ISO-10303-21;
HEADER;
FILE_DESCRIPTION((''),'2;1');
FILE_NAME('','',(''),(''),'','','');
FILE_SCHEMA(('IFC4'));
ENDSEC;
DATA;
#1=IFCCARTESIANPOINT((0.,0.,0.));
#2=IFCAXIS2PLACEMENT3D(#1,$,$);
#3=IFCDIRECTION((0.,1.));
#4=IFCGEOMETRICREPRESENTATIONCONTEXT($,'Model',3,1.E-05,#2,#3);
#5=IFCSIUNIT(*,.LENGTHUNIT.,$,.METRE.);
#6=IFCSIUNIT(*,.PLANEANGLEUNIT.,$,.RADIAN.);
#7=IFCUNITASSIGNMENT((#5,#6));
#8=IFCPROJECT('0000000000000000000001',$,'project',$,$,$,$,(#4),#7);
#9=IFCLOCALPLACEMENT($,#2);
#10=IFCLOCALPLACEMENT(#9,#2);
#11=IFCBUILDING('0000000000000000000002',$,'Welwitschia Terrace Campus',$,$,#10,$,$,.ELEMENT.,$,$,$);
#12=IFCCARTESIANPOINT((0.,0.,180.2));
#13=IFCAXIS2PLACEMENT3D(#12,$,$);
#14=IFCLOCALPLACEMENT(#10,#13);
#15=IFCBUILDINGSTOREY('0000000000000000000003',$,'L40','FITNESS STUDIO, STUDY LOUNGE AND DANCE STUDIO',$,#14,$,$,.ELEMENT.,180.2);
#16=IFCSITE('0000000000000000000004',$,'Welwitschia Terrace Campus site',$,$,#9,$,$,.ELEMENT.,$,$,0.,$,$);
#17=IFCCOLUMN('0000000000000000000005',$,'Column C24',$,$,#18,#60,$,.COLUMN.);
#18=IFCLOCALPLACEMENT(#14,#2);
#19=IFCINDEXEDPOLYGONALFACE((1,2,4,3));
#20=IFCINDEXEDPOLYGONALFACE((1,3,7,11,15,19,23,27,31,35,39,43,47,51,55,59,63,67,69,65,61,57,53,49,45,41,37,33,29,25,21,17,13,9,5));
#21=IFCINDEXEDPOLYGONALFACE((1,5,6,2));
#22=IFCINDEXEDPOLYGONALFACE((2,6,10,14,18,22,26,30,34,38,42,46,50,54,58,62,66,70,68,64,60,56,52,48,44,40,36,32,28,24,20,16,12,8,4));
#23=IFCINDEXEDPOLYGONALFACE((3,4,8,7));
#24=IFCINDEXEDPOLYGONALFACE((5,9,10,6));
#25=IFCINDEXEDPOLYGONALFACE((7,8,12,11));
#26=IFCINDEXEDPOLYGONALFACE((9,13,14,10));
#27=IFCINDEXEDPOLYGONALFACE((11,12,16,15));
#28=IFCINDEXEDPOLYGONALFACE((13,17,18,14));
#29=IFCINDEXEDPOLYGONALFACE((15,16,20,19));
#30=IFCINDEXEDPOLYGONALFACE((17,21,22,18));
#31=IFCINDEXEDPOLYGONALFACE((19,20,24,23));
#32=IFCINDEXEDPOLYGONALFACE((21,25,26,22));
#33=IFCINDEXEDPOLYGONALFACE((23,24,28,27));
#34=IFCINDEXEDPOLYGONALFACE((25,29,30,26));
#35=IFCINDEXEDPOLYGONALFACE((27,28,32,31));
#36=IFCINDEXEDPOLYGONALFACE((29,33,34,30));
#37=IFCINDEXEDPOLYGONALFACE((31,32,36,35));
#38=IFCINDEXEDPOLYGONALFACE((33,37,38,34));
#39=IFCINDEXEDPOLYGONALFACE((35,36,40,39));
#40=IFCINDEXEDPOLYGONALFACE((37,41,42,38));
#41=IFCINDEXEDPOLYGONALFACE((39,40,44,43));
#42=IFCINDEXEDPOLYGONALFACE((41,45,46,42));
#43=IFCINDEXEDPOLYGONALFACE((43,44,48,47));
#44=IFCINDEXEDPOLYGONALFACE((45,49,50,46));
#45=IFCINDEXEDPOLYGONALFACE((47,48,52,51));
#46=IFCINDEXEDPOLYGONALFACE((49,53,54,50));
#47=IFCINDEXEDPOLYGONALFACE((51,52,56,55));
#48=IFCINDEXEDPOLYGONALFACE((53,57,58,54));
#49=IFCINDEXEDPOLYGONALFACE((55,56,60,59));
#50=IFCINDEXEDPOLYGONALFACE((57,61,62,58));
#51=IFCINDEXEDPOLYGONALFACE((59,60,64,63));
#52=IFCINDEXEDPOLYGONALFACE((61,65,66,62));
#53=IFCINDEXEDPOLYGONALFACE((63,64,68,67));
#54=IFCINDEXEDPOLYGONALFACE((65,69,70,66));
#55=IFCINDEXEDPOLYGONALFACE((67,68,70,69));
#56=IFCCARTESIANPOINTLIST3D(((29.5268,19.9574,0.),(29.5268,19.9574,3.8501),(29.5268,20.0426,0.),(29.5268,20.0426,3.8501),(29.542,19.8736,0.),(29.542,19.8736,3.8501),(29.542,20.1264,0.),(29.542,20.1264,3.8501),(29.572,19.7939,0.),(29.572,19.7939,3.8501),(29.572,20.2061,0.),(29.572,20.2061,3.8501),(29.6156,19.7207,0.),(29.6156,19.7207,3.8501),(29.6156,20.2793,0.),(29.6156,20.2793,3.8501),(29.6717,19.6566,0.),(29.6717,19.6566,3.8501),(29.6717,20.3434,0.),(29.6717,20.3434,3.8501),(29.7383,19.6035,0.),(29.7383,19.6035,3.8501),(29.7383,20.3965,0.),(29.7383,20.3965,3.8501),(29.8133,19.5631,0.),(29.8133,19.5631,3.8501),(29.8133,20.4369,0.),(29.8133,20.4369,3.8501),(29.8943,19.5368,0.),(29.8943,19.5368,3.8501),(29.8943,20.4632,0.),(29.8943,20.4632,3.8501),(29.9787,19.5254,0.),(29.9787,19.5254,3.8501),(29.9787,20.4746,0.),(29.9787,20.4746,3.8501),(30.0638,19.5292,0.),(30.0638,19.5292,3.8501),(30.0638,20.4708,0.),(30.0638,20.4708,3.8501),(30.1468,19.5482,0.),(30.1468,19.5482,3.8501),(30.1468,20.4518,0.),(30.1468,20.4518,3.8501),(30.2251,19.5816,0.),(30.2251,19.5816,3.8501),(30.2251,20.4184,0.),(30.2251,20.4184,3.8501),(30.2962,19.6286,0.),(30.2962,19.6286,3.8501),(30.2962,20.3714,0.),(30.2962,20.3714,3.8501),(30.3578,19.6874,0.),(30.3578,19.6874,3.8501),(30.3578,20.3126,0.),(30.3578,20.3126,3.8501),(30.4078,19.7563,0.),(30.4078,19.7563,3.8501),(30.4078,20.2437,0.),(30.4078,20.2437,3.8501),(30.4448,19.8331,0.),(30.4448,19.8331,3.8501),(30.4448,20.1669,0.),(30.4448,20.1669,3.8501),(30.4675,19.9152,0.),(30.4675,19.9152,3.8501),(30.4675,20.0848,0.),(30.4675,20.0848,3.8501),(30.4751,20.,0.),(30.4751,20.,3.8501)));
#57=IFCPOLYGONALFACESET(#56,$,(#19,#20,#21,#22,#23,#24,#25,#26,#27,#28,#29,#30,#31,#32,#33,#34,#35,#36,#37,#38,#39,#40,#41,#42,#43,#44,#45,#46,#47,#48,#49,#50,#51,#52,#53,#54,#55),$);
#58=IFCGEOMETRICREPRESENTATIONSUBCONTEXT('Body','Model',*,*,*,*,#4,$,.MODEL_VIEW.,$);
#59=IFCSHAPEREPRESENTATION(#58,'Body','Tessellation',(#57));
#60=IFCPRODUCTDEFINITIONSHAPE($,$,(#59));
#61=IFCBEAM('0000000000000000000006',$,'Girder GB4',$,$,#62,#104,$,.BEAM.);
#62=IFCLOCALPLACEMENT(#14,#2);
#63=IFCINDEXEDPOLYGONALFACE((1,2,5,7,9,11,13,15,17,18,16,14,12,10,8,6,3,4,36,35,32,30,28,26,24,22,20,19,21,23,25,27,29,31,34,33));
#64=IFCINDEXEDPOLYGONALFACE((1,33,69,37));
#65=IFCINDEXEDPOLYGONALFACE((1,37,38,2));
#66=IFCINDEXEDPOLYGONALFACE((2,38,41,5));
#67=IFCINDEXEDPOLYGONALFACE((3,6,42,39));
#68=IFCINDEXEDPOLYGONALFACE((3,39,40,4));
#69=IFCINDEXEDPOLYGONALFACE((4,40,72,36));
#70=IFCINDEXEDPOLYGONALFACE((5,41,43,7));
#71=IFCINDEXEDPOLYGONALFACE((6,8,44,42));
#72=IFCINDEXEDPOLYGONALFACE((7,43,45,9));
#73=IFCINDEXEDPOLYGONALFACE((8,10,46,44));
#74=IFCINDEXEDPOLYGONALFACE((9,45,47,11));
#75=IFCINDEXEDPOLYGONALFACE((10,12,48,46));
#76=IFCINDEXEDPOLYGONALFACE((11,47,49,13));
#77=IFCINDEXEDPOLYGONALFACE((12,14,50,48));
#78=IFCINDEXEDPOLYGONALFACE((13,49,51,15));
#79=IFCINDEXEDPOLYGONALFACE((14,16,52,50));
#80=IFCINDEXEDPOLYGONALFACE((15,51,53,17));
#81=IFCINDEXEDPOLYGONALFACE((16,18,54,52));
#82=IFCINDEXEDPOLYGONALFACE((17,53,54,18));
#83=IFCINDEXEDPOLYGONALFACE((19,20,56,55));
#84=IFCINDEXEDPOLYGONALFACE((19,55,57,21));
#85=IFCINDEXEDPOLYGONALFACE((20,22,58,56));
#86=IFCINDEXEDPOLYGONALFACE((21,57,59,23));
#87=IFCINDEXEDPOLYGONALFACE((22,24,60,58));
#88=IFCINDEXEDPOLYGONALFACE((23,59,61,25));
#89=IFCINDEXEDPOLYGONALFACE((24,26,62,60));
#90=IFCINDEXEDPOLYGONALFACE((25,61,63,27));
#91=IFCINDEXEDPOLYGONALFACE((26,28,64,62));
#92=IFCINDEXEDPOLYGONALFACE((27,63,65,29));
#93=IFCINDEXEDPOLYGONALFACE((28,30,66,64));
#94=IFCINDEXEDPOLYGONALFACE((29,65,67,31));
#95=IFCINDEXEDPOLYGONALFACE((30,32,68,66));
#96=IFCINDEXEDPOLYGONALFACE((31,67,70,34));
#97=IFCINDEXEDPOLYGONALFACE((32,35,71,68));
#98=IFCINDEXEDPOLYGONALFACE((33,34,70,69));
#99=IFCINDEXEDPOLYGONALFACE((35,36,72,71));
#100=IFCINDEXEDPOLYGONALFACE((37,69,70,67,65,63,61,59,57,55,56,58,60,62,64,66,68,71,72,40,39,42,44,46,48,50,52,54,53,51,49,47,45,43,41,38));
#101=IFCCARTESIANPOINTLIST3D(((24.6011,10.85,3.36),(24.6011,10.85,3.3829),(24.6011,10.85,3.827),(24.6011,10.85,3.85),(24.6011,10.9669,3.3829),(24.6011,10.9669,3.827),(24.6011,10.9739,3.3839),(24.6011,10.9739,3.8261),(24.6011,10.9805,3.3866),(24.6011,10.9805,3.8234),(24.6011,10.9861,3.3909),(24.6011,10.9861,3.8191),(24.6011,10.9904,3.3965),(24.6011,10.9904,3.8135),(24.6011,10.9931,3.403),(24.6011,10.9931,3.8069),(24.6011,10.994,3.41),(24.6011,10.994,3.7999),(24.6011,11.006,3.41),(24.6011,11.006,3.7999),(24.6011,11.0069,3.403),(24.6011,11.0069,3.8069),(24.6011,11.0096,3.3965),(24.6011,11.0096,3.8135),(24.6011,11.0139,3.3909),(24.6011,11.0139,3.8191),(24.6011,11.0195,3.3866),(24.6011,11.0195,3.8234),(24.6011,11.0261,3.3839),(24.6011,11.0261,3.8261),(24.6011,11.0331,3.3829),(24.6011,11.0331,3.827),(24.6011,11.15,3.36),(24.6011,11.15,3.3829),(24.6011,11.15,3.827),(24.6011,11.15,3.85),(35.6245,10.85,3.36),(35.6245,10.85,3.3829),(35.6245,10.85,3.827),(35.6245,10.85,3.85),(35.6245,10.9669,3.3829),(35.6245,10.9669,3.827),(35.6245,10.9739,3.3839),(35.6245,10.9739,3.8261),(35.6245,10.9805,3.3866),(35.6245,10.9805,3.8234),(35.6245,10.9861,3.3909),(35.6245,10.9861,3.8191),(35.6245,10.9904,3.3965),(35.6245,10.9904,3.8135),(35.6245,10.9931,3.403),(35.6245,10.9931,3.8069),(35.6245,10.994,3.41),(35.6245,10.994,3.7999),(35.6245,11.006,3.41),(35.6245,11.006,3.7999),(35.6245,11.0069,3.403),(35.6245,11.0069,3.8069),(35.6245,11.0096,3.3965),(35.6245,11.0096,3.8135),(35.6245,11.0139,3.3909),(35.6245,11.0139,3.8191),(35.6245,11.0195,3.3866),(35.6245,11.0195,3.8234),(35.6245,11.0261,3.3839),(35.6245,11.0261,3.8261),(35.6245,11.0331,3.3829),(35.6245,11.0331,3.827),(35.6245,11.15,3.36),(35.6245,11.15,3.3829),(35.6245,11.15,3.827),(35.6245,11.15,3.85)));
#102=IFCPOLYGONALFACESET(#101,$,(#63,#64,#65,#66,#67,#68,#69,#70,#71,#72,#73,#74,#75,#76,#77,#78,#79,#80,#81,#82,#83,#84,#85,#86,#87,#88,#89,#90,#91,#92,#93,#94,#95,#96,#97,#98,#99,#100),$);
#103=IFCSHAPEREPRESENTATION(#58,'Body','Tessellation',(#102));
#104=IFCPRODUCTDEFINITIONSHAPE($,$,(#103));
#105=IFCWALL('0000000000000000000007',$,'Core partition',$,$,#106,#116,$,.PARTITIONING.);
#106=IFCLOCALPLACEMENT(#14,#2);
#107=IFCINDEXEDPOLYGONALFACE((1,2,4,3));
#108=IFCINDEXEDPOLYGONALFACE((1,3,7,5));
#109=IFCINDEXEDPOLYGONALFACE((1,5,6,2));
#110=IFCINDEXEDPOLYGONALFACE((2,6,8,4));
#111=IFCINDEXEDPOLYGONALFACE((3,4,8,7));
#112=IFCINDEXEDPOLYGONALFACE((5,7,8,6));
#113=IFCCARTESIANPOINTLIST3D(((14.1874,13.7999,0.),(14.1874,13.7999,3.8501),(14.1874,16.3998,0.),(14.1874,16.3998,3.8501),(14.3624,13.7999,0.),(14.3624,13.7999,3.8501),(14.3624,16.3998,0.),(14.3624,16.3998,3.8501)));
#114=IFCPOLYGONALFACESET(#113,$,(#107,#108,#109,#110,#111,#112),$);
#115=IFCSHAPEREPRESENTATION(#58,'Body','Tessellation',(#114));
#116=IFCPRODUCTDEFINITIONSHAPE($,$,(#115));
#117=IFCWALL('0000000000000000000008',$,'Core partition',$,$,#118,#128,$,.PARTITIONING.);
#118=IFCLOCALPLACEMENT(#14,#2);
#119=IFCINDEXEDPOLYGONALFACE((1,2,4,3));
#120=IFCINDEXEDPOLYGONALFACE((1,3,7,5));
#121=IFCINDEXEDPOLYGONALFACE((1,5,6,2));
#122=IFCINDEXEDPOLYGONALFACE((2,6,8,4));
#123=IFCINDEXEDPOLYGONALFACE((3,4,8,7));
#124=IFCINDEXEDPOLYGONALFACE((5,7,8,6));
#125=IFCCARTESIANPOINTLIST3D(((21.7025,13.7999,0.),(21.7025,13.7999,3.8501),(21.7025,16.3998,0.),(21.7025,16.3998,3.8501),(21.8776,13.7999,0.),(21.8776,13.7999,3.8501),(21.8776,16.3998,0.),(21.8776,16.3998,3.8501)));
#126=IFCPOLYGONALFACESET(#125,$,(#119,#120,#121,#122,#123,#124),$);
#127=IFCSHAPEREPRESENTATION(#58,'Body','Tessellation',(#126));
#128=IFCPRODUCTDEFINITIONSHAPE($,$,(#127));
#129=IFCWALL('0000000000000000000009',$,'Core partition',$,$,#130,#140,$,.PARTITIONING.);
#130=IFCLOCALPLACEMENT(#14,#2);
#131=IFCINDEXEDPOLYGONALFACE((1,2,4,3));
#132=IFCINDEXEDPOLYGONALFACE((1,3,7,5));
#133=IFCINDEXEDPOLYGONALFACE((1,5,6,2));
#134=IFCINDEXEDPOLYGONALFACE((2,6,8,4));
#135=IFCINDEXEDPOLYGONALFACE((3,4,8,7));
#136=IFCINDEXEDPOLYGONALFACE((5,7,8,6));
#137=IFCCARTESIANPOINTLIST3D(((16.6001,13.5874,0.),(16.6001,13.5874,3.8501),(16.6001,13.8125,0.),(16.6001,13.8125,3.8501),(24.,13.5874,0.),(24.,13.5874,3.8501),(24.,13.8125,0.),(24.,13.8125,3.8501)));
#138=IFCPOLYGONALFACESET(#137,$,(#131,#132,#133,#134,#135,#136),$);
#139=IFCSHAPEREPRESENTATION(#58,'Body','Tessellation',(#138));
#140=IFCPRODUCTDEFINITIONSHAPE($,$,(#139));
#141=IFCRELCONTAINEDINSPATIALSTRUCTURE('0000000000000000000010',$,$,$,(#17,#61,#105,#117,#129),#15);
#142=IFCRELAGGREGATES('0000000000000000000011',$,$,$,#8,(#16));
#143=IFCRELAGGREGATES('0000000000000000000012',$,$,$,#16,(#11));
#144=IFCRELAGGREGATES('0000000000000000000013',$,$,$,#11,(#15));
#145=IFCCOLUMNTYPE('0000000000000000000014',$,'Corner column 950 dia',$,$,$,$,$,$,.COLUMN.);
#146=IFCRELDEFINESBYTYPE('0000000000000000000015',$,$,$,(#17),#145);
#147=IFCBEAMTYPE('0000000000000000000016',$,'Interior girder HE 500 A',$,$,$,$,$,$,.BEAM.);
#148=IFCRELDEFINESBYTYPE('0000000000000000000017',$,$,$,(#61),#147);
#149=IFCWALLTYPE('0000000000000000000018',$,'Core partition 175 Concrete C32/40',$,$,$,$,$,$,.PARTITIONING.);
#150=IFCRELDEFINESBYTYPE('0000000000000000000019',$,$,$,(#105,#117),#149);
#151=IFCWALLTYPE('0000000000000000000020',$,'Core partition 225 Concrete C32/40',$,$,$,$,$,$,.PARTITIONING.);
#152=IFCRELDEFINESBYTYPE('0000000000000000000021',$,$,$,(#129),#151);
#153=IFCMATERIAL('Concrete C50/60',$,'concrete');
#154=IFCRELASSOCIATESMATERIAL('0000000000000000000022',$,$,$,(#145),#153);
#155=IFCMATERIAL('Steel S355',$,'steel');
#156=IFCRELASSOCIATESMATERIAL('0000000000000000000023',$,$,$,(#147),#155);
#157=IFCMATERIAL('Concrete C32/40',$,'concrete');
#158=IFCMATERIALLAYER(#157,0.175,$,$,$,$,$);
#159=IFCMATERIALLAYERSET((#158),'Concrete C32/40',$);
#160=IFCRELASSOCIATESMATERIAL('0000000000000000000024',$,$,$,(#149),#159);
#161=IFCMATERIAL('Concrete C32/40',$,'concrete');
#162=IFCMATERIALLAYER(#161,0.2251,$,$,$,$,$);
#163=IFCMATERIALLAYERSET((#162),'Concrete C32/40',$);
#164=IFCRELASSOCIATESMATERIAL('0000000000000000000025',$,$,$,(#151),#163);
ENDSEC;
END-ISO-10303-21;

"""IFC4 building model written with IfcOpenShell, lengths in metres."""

from ifc_helpers import new_model, si_unit, direction, frame, frame_2d, origin, origin_2d, place, context, subcontext, project, spatial, rectangle, circle, i_section, extrude, material, layer, layer_set, material_profile, profile_set, type_object, element, save


model = new_model("IFC4")

# Units and contexts
model_context = context("Model", 3, precision=1e-05, world=origin(), true_north=direction((0.0, 1.0)))
body_context = subcontext(model_context, "Body", "Model", "MODEL_VIEW")
ifc_project = project(units=[si_unit("LENGTHUNIT", "METRE"), si_unit("PLANEANGLEUNIT", "RADIAN")], contexts=[model_context])

# Site, building, storey
site_placement = place(None, origin())
site = spatial("IfcSite", under=ifc_project, at=site_placement, Name="Welwitschia Terrace Campus site", CompositionType="ELEMENT", RefElevation=0.0)
building_placement = place(site_placement, origin())
building = spatial("IfcBuilding", under=site, at=building_placement, Name="Welwitschia Terrace Campus", CompositionType="ELEMENT")
storey_placement = place(building_placement, frame((0.0, 0.0, 180.2)))
storey = spatial("IfcBuildingStorey", under=building, at=storey_placement, Name="L40", Description="FITNESS STUDIO, STUDY LOUNGE AND DANCE STUDIO", CompositionType="ELEMENT", Elevation=180.2)

# Column
ifc_material_1 = material(Name="Concrete C50/60", Category="concrete")
ifc_material_profile_1 = material_profile(ifc_material_1, circle(Radius=0.4751, at=origin_2d()))
ifc_profile_set_1 = profile_set([ifc_material_profile_1], Name="Concrete C50/60")
column_type = type_object("IfcColumnType", Name="Corner column 950 dia", PredefinedType="COLUMN", material=ifc_profile_set_1)
column_placement = place(storey_placement, frame((30.0, 20.0, 0.0), z_axis=(0.0, 0.0, 1.0), x_axis=(1.0, 0.0, 0.0)))
element("IfcColumn", 1, at=column_placement, inside=storey, type_object=column_type, Name="Column C24", PredefinedType="COLUMN", context=body_context, shape_type="SweptSolid", body=[
    extrude(circle(Radius=0.4751, at=origin_2d()), origin(), (0.0, 0.0, 1.0), 3.8501),
])

# Beam
ifc_material_2 = material(Name="Steel S355", Category="steel")
ifc_material_profile_2 = material_profile(ifc_material_2, i_section(OverallWidth=0.3, OverallDepth=0.49, WebThickness=0.012, FlangeThickness=0.0229, FilletRadius=0.0271, at=origin_2d()))
ifc_profile_set_2 = profile_set([ifc_material_profile_2], Name="Steel S355")
beam_type = type_object("IfcBeamType", Name="Interior girder HE 500 A", PredefinedType="BEAM", material=ifc_profile_set_2)
beam_placement = place(storey_placement, frame((24.6011, 11.0, 3.605), z_axis=(1.0, 0.0, 0.0), x_axis=(0.0, 1.0, 0.0)))
element("IfcBeam", 2, at=beam_placement, inside=storey, type_object=beam_type, Name="Girder GB4", PredefinedType="BEAM", context=body_context, shape_type="SweptSolid", body=[
    extrude(i_section(OverallWidth=0.3, OverallDepth=0.49, WebThickness=0.012, FlangeThickness=0.0229, FilletRadius=0.0271, at=origin_2d()), origin(), (0.0, 0.0, 1.0), 11.0234),
])

# Walls
ifc_material_3 = material(Name="Concrete C32/40", Category="concrete")
ifc_layer_1 = layer(ifc_material_3, 0.175)
ifc_layer_set_1 = layer_set([ifc_layer_1], Name="Concrete C32/40")
wall_type_1 = type_object("IfcWallType", Name="Core partition 175 Concrete C32/40", PredefinedType="PARTITIONING", material=ifc_layer_set_1)
for number, where, z_axis, x_axis, name in (
    (3, (14.2749, 13.8, 0.0), (0.0, 0.0, 1.0), (0.0, 1.0, 0.0), "Core partition"),
    (4, (21.79, 13.8, 0.0), (0.0, 0.0, 1.0), (0.0, 1.0, 0.0), "Core partition"),
):
    element("IfcWall", number, at=place(storey_placement, frame(where, z_axis=z_axis, x_axis=x_axis)), inside=storey, type_object=wall_type_1, Name=name, PredefinedType="PARTITIONING", context=body_context, shape_type="SweptSolid", body=[
        extrude(rectangle(XDim=2.5999, YDim=0.175, at=frame_2d((1.2998, 0.0))), origin(), (0.0, 0.0, 1.0), 3.8501),
    ])
ifc_material_4 = material(Name="Concrete C32/40", Category="concrete")
ifc_layer_2 = layer(ifc_material_4, 0.2251)
ifc_layer_set_2 = layer_set([ifc_layer_2], Name="Concrete C32/40")
wall_type_2 = type_object("IfcWallType", Name="Core partition 225 Concrete C32/40", PredefinedType="PARTITIONING", material=ifc_layer_set_2)
wall_1_placement = place(storey_placement, frame((16.6001, 13.7, 0.0), z_axis=(0.0, 0.0, 1.0), x_axis=(1.0, 0.0, 0.0)))
element("IfcWall", 5, at=wall_1_placement, inside=storey, type_object=wall_type_2, Name="Core partition", PredefinedType="PARTITIONING", context=body_context, shape_type="SweptSolid", body=[
    extrude(rectangle(XDim=7.3999, YDim=0.2251, at=frame_2d((3.7, 0.0))), origin(), (0.0, 0.0, 1.0), 3.8501),
])

save(model, "model.ifc")
